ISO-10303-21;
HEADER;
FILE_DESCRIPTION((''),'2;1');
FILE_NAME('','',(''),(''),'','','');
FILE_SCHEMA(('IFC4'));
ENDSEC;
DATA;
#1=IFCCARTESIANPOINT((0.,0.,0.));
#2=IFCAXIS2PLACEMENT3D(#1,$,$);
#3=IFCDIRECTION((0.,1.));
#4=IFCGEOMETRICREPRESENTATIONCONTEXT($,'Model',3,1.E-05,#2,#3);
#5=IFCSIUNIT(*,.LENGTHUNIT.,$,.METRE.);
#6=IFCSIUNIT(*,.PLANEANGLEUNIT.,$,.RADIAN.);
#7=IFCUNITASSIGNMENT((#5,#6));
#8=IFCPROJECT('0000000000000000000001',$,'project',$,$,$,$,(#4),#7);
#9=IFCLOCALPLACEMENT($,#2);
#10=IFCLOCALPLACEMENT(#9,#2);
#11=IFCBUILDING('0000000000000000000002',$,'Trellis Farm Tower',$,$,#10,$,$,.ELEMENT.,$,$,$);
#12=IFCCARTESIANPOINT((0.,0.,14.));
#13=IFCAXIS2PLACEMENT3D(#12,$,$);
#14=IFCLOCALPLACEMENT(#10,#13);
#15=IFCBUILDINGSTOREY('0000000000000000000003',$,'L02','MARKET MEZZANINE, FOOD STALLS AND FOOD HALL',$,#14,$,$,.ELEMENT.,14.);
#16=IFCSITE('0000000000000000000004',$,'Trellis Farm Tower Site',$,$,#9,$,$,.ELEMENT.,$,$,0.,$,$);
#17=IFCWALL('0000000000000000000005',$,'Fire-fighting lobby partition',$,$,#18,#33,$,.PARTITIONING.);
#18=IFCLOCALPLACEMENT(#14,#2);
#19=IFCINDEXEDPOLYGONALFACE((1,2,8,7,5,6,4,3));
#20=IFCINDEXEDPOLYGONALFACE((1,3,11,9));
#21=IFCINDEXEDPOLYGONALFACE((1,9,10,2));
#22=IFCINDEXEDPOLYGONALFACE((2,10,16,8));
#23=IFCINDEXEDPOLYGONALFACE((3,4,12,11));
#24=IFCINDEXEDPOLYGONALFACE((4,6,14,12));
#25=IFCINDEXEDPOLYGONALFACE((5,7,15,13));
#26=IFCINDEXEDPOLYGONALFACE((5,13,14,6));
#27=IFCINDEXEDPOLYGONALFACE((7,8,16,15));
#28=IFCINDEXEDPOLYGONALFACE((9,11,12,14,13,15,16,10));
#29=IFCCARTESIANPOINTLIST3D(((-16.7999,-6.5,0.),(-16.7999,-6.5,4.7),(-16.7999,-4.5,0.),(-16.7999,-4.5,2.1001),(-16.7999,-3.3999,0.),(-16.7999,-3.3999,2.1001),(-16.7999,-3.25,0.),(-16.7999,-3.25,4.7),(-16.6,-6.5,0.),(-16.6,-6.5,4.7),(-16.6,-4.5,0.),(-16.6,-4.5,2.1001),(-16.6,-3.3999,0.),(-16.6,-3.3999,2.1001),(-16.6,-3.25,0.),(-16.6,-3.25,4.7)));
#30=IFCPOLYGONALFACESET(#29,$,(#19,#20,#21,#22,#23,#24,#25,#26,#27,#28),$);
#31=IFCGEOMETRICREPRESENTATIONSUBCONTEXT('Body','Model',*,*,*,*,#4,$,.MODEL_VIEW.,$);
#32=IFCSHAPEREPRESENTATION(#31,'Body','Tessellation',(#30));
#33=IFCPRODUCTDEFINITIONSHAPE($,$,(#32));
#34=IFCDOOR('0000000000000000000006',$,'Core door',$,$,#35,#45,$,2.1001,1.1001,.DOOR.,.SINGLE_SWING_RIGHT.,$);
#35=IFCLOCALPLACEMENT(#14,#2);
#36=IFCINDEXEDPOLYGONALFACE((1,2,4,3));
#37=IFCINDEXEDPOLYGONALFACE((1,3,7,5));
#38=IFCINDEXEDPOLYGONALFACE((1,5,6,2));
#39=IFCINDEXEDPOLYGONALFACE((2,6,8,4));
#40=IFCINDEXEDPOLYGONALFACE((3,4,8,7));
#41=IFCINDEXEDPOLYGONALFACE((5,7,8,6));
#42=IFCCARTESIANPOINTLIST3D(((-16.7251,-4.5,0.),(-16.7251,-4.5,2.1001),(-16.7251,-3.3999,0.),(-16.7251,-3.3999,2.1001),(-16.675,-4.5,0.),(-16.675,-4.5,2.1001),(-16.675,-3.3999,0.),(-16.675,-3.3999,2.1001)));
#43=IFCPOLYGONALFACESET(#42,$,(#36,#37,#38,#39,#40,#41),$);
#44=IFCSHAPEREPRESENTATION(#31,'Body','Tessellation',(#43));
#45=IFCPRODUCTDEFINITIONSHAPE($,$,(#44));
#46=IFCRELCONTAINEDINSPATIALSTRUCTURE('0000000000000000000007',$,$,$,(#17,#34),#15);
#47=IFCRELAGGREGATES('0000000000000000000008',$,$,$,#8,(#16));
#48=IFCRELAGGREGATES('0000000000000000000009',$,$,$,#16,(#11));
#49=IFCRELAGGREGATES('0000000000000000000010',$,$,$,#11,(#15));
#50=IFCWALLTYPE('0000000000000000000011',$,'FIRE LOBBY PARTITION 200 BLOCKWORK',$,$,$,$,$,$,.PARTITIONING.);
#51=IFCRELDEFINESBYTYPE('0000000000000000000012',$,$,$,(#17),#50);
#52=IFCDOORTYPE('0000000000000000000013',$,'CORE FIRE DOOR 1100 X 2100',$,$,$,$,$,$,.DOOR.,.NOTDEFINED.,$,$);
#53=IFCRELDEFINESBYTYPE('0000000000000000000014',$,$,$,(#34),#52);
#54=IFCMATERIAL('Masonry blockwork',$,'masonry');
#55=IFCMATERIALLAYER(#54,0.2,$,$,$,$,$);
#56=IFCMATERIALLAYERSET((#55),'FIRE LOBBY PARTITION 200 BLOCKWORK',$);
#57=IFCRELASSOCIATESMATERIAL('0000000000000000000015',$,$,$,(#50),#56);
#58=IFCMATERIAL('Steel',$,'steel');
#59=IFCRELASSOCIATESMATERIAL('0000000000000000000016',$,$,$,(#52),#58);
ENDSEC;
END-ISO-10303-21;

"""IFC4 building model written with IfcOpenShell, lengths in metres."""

from ifc_helpers import new_model, si_unit, direction, frame, frame_2d, origin, place, context, subcontext, project, spatial, rectangle, extrude, source, transform, mapped, material, layer, layer_set, type_object, element, fill, save


model = new_model("IFC4")

# Units and contexts
model_context = context("Model", 3, precision=1e-05, world=origin(), true_north=direction((0.0, 1.0)))
body_context = subcontext(model_context, "Body", "Model", "MODEL_VIEW")
ifc_project = project(units=[si_unit("LENGTHUNIT", "METRE"), si_unit("PLANEANGLEUNIT", "RADIAN")], contexts=[model_context])

# Site, building, storey
site_placement = place(None, origin())
site = spatial("IfcSite", under=ifc_project, at=site_placement, Name="Trellis Farm Tower Site", CompositionType="ELEMENT", RefElevation=0.0)
building_placement = place(site_placement, origin())
building = spatial("IfcBuilding", under=site, at=building_placement, Name="Trellis Farm Tower", CompositionType="ELEMENT")
storey_placement = place(building_placement, frame((0.0, 0.0, 14.0)))
storey = spatial("IfcBuildingStorey", under=building, at=storey_placement, Name="L02", Description="MARKET MEZZANINE, FOOD STALLS AND FOOD HALL", CompositionType="ELEMENT", Elevation=14.0)

# Wall, opening, door
ifc_material_1 = material(Name="Masonry blockwork", Category="masonry")
ifc_layer_1 = layer(ifc_material_1, 0.2)
ifc_layer_set_1 = layer_set([ifc_layer_1], Name="FIRE LOBBY PARTITION 200 BLOCKWORK")
wall_type_1 = type_object("IfcWallType", Name="FIRE LOBBY PARTITION 200 BLOCKWORK", PredefinedType="PARTITIONING", material=ifc_layer_set_1)
shared_shape_1 = source(origin(), body_context, "Body", "SweptSolid", [
    extrude(rectangle(XDim=3.25, YDim=0.2, at=frame_2d((1.625, 0.0))), origin(), (0.0, 0.0, 1.0), 4.7),
])
wall_1_placement = place(storey_placement, frame((-16.7, -3.25, 0.0), z_axis=(0.0, 0.0, 1.0), x_axis=(0.0, -1.0, 0.0)))
wall_1 = element("IfcWall", 1, at=wall_1_placement, inside=storey, type_object=wall_type_1, Name="Fire-fighting lobby partition", PredefinedType="PARTITIONING", context=body_context, shape_type="MappedRepresentation", body=[
    mapped(shared_shape_1, transform((0.0, 0.0, 0.0))),
])
shared_shape_2 = source(origin(), body_context, "Body", "SweptSolid", [
    extrude(rectangle(XDim=1.1001, YDim=2.1001, at=frame_2d((0.55, 1.05))), frame((0.0, 0.1101, 0.0), z_axis=(0.0, -1.0, 0.0), x_axis=(1.0, 0.0, 0.0)), (0.0, 0.0, 1.0), 0.2202),
])
opening_1_placement = place(wall_1_placement, frame((0.1499, 0.0, 0.0)))
opening_1 = element("IfcOpeningElement", 2, at=opening_1_placement, cuts=wall_1, PredefinedType="OPENING", context=body_context, shape_type="MappedRepresentation", body=[
    mapped(shared_shape_2, transform((0.0, 0.0, 0.0))),
])
ifc_material_2 = material(Name="Steel", Category="steel")
door_type_1 = type_object("IfcDoorType", Name="CORE FIRE DOOR 1100 X 2100", OperationType="NOTDEFINED", PredefinedType="DOOR", material=ifc_material_2)
shared_shape_3 = source(origin(), body_context, "Body", "SweptSolid", [
    extrude(rectangle(XDim=1.1001, YDim=2.1001, at=frame_2d((0.55, 1.05))), frame((0.0, 0.0249, 0.0), z_axis=(0.0, -1.0, 0.0), x_axis=(1.0, 0.0, 0.0)), (0.0, 0.0, 1.0), 0.05),
])
door_1_placement = place(opening_1_placement, origin())
door_1 = element("IfcDoor", 3, at=door_1_placement, inside=storey, type_object=door_type_1, Name="Core door", OperationType="SINGLE_SWING_RIGHT", OverallHeight=2.1001, OverallWidth=1.1001, PredefinedType="DOOR", context=body_context, shape_type="MappedRepresentation", body=[
    mapped(shared_shape_3, transform((0.0, 0.0, 0.0))),
])
fill(opening_1, door_1)

save(model, "model.ifc")
